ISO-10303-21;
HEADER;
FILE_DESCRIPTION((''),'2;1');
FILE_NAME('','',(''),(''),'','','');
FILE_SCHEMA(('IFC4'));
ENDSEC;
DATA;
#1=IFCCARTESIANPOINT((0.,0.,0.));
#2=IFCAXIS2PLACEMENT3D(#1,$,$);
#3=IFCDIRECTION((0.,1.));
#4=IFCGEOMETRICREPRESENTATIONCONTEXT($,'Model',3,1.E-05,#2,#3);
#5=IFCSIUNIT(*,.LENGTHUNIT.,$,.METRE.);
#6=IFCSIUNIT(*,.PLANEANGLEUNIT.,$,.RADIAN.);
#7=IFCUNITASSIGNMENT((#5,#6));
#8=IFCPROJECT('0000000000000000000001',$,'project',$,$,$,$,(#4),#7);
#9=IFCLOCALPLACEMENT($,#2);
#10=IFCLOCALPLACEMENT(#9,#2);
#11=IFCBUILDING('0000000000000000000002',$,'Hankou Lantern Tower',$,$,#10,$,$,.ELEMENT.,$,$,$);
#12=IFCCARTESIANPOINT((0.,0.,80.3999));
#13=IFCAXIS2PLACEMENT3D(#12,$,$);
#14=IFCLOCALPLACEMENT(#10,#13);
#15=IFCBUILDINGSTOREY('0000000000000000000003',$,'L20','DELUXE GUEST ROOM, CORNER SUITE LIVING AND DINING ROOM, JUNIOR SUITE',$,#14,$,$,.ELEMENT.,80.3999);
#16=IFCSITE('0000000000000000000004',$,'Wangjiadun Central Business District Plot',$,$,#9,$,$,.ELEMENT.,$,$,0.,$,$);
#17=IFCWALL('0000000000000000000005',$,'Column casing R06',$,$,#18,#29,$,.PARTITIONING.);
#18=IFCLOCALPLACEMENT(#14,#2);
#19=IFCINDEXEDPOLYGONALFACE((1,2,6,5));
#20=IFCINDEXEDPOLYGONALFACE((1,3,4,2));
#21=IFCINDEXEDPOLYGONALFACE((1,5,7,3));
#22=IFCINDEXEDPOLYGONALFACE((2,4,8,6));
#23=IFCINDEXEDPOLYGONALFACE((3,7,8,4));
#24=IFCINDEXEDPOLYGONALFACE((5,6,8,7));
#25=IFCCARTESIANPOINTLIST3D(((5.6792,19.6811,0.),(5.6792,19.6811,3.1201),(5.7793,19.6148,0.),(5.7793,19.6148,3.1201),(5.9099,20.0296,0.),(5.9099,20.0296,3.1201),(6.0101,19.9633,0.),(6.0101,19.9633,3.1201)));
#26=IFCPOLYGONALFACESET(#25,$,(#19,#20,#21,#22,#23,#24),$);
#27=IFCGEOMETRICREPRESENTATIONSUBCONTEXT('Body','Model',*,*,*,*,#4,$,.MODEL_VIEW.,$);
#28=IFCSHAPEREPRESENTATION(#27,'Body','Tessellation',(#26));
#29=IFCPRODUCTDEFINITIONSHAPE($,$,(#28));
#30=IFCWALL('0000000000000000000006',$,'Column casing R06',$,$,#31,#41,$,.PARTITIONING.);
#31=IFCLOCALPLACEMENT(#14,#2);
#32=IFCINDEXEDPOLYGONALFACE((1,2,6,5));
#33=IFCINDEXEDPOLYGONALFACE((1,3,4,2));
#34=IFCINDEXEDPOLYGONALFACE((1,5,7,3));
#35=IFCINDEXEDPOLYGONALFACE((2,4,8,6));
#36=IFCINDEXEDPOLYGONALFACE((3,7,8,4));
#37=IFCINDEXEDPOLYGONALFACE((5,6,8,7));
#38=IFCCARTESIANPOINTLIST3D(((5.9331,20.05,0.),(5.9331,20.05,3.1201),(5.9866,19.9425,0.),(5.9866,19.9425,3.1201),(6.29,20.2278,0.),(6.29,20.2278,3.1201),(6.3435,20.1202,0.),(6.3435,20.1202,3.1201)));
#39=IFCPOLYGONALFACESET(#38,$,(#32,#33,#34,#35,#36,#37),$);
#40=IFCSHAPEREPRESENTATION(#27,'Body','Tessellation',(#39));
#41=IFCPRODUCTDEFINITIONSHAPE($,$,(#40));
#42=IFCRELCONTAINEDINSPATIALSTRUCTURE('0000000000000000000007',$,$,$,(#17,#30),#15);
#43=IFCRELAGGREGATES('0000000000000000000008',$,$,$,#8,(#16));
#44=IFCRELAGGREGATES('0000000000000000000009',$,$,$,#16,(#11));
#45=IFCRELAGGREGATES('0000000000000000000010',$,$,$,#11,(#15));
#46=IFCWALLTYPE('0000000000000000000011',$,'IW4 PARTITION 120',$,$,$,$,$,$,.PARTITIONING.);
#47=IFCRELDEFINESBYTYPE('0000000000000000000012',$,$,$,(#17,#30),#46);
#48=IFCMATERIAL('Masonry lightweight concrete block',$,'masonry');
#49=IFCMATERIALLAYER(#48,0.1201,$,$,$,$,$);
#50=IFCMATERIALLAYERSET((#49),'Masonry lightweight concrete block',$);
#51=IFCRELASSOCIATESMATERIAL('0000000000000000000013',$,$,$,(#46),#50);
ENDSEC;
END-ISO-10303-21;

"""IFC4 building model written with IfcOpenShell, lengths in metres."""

from ifc_helpers import new_model, si_unit, direction, frame, frame_2d, origin, place, context, subcontext, project, spatial, rectangle, extrude, material, layer, layer_set, type_object, element, save


model = new_model("IFC4")

# Units and contexts
model_context = context("Model", 3, precision=1e-05, world=origin(), true_north=direction((0.0, 1.0)))
body_context = subcontext(model_context, "Body", "Model", "MODEL_VIEW")
ifc_project = project(units=[si_unit("LENGTHUNIT", "METRE"), si_unit("PLANEANGLEUNIT", "RADIAN")], contexts=[model_context])

# Site, building, storey
site_placement = place(None, origin())
site = spatial("IfcSite", under=ifc_project, at=site_placement, Name="Wangjiadun Central Business District Plot", CompositionType="ELEMENT", RefElevation=0.0)
building_placement = place(site_placement, origin())
building = spatial("IfcBuilding", under=site, at=building_placement, Name="Hankou Lantern Tower", CompositionType="ELEMENT")
storey_placement = place(building_placement, frame((0.0, 0.0, 80.3999)))
storey = spatial("IfcBuildingStorey", under=building, at=storey_placement, Name="L20", Description="DELUXE GUEST ROOM, CORNER SUITE LIVING AND DINING ROOM, JUNIOR SUITE", CompositionType="ELEMENT", Elevation=80.3999)

# Walls
ifc_material_1 = material(Name="Masonry lightweight concrete block", Category="masonry")
ifc_layer_1 = layer(ifc_material_1, 0.1201)
ifc_layer_set_1 = layer_set([ifc_layer_1], Name="Masonry lightweight concrete block")
wall_type_1 = type_object("IfcWallType", Name="IW4 PARTITION 120", PredefinedType="PARTITIONING", material=ifc_layer_set_1)
wall_1_placement = place(storey_placement, frame((5.7292, 19.6479, 0.0), z_axis=(0.0, 0.0, 1.0), x_axis=(0.552136, 0.833754, 0.0)))
element("IfcWall", 1, at=wall_1_placement, inside=storey, type_object=wall_type_1, Name="Column casing R06", PredefinedType="PARTITIONING", context=body_context, shape_type="SweptSolid", body=[
    extrude(rectangle(XDim=0.418, YDim=0.1201, at=frame_2d((0.209, 0.0))), origin(), (0.0, 0.0, 1.0), 3.1201),
])
wall_2_placement = place(storey_placement, frame((5.96, 19.9963, 0.0), z_axis=(0.0, 0.0, 1.0), x_axis=(0.895161, 0.445744, 0.0)))
element("IfcWall", 2, at=wall_2_placement, inside=storey, type_object=wall_type_1, Name="Column casing R06", PredefinedType="PARTITIONING", context=body_context, shape_type="SweptSolid", body=[
    extrude(rectangle(XDim=0.3987, YDim=0.1201, at=frame_2d((0.1992, 0.0))), origin(), (0.0, 0.0, 1.0), 3.1201),
])

save(model, "model.ifc")
